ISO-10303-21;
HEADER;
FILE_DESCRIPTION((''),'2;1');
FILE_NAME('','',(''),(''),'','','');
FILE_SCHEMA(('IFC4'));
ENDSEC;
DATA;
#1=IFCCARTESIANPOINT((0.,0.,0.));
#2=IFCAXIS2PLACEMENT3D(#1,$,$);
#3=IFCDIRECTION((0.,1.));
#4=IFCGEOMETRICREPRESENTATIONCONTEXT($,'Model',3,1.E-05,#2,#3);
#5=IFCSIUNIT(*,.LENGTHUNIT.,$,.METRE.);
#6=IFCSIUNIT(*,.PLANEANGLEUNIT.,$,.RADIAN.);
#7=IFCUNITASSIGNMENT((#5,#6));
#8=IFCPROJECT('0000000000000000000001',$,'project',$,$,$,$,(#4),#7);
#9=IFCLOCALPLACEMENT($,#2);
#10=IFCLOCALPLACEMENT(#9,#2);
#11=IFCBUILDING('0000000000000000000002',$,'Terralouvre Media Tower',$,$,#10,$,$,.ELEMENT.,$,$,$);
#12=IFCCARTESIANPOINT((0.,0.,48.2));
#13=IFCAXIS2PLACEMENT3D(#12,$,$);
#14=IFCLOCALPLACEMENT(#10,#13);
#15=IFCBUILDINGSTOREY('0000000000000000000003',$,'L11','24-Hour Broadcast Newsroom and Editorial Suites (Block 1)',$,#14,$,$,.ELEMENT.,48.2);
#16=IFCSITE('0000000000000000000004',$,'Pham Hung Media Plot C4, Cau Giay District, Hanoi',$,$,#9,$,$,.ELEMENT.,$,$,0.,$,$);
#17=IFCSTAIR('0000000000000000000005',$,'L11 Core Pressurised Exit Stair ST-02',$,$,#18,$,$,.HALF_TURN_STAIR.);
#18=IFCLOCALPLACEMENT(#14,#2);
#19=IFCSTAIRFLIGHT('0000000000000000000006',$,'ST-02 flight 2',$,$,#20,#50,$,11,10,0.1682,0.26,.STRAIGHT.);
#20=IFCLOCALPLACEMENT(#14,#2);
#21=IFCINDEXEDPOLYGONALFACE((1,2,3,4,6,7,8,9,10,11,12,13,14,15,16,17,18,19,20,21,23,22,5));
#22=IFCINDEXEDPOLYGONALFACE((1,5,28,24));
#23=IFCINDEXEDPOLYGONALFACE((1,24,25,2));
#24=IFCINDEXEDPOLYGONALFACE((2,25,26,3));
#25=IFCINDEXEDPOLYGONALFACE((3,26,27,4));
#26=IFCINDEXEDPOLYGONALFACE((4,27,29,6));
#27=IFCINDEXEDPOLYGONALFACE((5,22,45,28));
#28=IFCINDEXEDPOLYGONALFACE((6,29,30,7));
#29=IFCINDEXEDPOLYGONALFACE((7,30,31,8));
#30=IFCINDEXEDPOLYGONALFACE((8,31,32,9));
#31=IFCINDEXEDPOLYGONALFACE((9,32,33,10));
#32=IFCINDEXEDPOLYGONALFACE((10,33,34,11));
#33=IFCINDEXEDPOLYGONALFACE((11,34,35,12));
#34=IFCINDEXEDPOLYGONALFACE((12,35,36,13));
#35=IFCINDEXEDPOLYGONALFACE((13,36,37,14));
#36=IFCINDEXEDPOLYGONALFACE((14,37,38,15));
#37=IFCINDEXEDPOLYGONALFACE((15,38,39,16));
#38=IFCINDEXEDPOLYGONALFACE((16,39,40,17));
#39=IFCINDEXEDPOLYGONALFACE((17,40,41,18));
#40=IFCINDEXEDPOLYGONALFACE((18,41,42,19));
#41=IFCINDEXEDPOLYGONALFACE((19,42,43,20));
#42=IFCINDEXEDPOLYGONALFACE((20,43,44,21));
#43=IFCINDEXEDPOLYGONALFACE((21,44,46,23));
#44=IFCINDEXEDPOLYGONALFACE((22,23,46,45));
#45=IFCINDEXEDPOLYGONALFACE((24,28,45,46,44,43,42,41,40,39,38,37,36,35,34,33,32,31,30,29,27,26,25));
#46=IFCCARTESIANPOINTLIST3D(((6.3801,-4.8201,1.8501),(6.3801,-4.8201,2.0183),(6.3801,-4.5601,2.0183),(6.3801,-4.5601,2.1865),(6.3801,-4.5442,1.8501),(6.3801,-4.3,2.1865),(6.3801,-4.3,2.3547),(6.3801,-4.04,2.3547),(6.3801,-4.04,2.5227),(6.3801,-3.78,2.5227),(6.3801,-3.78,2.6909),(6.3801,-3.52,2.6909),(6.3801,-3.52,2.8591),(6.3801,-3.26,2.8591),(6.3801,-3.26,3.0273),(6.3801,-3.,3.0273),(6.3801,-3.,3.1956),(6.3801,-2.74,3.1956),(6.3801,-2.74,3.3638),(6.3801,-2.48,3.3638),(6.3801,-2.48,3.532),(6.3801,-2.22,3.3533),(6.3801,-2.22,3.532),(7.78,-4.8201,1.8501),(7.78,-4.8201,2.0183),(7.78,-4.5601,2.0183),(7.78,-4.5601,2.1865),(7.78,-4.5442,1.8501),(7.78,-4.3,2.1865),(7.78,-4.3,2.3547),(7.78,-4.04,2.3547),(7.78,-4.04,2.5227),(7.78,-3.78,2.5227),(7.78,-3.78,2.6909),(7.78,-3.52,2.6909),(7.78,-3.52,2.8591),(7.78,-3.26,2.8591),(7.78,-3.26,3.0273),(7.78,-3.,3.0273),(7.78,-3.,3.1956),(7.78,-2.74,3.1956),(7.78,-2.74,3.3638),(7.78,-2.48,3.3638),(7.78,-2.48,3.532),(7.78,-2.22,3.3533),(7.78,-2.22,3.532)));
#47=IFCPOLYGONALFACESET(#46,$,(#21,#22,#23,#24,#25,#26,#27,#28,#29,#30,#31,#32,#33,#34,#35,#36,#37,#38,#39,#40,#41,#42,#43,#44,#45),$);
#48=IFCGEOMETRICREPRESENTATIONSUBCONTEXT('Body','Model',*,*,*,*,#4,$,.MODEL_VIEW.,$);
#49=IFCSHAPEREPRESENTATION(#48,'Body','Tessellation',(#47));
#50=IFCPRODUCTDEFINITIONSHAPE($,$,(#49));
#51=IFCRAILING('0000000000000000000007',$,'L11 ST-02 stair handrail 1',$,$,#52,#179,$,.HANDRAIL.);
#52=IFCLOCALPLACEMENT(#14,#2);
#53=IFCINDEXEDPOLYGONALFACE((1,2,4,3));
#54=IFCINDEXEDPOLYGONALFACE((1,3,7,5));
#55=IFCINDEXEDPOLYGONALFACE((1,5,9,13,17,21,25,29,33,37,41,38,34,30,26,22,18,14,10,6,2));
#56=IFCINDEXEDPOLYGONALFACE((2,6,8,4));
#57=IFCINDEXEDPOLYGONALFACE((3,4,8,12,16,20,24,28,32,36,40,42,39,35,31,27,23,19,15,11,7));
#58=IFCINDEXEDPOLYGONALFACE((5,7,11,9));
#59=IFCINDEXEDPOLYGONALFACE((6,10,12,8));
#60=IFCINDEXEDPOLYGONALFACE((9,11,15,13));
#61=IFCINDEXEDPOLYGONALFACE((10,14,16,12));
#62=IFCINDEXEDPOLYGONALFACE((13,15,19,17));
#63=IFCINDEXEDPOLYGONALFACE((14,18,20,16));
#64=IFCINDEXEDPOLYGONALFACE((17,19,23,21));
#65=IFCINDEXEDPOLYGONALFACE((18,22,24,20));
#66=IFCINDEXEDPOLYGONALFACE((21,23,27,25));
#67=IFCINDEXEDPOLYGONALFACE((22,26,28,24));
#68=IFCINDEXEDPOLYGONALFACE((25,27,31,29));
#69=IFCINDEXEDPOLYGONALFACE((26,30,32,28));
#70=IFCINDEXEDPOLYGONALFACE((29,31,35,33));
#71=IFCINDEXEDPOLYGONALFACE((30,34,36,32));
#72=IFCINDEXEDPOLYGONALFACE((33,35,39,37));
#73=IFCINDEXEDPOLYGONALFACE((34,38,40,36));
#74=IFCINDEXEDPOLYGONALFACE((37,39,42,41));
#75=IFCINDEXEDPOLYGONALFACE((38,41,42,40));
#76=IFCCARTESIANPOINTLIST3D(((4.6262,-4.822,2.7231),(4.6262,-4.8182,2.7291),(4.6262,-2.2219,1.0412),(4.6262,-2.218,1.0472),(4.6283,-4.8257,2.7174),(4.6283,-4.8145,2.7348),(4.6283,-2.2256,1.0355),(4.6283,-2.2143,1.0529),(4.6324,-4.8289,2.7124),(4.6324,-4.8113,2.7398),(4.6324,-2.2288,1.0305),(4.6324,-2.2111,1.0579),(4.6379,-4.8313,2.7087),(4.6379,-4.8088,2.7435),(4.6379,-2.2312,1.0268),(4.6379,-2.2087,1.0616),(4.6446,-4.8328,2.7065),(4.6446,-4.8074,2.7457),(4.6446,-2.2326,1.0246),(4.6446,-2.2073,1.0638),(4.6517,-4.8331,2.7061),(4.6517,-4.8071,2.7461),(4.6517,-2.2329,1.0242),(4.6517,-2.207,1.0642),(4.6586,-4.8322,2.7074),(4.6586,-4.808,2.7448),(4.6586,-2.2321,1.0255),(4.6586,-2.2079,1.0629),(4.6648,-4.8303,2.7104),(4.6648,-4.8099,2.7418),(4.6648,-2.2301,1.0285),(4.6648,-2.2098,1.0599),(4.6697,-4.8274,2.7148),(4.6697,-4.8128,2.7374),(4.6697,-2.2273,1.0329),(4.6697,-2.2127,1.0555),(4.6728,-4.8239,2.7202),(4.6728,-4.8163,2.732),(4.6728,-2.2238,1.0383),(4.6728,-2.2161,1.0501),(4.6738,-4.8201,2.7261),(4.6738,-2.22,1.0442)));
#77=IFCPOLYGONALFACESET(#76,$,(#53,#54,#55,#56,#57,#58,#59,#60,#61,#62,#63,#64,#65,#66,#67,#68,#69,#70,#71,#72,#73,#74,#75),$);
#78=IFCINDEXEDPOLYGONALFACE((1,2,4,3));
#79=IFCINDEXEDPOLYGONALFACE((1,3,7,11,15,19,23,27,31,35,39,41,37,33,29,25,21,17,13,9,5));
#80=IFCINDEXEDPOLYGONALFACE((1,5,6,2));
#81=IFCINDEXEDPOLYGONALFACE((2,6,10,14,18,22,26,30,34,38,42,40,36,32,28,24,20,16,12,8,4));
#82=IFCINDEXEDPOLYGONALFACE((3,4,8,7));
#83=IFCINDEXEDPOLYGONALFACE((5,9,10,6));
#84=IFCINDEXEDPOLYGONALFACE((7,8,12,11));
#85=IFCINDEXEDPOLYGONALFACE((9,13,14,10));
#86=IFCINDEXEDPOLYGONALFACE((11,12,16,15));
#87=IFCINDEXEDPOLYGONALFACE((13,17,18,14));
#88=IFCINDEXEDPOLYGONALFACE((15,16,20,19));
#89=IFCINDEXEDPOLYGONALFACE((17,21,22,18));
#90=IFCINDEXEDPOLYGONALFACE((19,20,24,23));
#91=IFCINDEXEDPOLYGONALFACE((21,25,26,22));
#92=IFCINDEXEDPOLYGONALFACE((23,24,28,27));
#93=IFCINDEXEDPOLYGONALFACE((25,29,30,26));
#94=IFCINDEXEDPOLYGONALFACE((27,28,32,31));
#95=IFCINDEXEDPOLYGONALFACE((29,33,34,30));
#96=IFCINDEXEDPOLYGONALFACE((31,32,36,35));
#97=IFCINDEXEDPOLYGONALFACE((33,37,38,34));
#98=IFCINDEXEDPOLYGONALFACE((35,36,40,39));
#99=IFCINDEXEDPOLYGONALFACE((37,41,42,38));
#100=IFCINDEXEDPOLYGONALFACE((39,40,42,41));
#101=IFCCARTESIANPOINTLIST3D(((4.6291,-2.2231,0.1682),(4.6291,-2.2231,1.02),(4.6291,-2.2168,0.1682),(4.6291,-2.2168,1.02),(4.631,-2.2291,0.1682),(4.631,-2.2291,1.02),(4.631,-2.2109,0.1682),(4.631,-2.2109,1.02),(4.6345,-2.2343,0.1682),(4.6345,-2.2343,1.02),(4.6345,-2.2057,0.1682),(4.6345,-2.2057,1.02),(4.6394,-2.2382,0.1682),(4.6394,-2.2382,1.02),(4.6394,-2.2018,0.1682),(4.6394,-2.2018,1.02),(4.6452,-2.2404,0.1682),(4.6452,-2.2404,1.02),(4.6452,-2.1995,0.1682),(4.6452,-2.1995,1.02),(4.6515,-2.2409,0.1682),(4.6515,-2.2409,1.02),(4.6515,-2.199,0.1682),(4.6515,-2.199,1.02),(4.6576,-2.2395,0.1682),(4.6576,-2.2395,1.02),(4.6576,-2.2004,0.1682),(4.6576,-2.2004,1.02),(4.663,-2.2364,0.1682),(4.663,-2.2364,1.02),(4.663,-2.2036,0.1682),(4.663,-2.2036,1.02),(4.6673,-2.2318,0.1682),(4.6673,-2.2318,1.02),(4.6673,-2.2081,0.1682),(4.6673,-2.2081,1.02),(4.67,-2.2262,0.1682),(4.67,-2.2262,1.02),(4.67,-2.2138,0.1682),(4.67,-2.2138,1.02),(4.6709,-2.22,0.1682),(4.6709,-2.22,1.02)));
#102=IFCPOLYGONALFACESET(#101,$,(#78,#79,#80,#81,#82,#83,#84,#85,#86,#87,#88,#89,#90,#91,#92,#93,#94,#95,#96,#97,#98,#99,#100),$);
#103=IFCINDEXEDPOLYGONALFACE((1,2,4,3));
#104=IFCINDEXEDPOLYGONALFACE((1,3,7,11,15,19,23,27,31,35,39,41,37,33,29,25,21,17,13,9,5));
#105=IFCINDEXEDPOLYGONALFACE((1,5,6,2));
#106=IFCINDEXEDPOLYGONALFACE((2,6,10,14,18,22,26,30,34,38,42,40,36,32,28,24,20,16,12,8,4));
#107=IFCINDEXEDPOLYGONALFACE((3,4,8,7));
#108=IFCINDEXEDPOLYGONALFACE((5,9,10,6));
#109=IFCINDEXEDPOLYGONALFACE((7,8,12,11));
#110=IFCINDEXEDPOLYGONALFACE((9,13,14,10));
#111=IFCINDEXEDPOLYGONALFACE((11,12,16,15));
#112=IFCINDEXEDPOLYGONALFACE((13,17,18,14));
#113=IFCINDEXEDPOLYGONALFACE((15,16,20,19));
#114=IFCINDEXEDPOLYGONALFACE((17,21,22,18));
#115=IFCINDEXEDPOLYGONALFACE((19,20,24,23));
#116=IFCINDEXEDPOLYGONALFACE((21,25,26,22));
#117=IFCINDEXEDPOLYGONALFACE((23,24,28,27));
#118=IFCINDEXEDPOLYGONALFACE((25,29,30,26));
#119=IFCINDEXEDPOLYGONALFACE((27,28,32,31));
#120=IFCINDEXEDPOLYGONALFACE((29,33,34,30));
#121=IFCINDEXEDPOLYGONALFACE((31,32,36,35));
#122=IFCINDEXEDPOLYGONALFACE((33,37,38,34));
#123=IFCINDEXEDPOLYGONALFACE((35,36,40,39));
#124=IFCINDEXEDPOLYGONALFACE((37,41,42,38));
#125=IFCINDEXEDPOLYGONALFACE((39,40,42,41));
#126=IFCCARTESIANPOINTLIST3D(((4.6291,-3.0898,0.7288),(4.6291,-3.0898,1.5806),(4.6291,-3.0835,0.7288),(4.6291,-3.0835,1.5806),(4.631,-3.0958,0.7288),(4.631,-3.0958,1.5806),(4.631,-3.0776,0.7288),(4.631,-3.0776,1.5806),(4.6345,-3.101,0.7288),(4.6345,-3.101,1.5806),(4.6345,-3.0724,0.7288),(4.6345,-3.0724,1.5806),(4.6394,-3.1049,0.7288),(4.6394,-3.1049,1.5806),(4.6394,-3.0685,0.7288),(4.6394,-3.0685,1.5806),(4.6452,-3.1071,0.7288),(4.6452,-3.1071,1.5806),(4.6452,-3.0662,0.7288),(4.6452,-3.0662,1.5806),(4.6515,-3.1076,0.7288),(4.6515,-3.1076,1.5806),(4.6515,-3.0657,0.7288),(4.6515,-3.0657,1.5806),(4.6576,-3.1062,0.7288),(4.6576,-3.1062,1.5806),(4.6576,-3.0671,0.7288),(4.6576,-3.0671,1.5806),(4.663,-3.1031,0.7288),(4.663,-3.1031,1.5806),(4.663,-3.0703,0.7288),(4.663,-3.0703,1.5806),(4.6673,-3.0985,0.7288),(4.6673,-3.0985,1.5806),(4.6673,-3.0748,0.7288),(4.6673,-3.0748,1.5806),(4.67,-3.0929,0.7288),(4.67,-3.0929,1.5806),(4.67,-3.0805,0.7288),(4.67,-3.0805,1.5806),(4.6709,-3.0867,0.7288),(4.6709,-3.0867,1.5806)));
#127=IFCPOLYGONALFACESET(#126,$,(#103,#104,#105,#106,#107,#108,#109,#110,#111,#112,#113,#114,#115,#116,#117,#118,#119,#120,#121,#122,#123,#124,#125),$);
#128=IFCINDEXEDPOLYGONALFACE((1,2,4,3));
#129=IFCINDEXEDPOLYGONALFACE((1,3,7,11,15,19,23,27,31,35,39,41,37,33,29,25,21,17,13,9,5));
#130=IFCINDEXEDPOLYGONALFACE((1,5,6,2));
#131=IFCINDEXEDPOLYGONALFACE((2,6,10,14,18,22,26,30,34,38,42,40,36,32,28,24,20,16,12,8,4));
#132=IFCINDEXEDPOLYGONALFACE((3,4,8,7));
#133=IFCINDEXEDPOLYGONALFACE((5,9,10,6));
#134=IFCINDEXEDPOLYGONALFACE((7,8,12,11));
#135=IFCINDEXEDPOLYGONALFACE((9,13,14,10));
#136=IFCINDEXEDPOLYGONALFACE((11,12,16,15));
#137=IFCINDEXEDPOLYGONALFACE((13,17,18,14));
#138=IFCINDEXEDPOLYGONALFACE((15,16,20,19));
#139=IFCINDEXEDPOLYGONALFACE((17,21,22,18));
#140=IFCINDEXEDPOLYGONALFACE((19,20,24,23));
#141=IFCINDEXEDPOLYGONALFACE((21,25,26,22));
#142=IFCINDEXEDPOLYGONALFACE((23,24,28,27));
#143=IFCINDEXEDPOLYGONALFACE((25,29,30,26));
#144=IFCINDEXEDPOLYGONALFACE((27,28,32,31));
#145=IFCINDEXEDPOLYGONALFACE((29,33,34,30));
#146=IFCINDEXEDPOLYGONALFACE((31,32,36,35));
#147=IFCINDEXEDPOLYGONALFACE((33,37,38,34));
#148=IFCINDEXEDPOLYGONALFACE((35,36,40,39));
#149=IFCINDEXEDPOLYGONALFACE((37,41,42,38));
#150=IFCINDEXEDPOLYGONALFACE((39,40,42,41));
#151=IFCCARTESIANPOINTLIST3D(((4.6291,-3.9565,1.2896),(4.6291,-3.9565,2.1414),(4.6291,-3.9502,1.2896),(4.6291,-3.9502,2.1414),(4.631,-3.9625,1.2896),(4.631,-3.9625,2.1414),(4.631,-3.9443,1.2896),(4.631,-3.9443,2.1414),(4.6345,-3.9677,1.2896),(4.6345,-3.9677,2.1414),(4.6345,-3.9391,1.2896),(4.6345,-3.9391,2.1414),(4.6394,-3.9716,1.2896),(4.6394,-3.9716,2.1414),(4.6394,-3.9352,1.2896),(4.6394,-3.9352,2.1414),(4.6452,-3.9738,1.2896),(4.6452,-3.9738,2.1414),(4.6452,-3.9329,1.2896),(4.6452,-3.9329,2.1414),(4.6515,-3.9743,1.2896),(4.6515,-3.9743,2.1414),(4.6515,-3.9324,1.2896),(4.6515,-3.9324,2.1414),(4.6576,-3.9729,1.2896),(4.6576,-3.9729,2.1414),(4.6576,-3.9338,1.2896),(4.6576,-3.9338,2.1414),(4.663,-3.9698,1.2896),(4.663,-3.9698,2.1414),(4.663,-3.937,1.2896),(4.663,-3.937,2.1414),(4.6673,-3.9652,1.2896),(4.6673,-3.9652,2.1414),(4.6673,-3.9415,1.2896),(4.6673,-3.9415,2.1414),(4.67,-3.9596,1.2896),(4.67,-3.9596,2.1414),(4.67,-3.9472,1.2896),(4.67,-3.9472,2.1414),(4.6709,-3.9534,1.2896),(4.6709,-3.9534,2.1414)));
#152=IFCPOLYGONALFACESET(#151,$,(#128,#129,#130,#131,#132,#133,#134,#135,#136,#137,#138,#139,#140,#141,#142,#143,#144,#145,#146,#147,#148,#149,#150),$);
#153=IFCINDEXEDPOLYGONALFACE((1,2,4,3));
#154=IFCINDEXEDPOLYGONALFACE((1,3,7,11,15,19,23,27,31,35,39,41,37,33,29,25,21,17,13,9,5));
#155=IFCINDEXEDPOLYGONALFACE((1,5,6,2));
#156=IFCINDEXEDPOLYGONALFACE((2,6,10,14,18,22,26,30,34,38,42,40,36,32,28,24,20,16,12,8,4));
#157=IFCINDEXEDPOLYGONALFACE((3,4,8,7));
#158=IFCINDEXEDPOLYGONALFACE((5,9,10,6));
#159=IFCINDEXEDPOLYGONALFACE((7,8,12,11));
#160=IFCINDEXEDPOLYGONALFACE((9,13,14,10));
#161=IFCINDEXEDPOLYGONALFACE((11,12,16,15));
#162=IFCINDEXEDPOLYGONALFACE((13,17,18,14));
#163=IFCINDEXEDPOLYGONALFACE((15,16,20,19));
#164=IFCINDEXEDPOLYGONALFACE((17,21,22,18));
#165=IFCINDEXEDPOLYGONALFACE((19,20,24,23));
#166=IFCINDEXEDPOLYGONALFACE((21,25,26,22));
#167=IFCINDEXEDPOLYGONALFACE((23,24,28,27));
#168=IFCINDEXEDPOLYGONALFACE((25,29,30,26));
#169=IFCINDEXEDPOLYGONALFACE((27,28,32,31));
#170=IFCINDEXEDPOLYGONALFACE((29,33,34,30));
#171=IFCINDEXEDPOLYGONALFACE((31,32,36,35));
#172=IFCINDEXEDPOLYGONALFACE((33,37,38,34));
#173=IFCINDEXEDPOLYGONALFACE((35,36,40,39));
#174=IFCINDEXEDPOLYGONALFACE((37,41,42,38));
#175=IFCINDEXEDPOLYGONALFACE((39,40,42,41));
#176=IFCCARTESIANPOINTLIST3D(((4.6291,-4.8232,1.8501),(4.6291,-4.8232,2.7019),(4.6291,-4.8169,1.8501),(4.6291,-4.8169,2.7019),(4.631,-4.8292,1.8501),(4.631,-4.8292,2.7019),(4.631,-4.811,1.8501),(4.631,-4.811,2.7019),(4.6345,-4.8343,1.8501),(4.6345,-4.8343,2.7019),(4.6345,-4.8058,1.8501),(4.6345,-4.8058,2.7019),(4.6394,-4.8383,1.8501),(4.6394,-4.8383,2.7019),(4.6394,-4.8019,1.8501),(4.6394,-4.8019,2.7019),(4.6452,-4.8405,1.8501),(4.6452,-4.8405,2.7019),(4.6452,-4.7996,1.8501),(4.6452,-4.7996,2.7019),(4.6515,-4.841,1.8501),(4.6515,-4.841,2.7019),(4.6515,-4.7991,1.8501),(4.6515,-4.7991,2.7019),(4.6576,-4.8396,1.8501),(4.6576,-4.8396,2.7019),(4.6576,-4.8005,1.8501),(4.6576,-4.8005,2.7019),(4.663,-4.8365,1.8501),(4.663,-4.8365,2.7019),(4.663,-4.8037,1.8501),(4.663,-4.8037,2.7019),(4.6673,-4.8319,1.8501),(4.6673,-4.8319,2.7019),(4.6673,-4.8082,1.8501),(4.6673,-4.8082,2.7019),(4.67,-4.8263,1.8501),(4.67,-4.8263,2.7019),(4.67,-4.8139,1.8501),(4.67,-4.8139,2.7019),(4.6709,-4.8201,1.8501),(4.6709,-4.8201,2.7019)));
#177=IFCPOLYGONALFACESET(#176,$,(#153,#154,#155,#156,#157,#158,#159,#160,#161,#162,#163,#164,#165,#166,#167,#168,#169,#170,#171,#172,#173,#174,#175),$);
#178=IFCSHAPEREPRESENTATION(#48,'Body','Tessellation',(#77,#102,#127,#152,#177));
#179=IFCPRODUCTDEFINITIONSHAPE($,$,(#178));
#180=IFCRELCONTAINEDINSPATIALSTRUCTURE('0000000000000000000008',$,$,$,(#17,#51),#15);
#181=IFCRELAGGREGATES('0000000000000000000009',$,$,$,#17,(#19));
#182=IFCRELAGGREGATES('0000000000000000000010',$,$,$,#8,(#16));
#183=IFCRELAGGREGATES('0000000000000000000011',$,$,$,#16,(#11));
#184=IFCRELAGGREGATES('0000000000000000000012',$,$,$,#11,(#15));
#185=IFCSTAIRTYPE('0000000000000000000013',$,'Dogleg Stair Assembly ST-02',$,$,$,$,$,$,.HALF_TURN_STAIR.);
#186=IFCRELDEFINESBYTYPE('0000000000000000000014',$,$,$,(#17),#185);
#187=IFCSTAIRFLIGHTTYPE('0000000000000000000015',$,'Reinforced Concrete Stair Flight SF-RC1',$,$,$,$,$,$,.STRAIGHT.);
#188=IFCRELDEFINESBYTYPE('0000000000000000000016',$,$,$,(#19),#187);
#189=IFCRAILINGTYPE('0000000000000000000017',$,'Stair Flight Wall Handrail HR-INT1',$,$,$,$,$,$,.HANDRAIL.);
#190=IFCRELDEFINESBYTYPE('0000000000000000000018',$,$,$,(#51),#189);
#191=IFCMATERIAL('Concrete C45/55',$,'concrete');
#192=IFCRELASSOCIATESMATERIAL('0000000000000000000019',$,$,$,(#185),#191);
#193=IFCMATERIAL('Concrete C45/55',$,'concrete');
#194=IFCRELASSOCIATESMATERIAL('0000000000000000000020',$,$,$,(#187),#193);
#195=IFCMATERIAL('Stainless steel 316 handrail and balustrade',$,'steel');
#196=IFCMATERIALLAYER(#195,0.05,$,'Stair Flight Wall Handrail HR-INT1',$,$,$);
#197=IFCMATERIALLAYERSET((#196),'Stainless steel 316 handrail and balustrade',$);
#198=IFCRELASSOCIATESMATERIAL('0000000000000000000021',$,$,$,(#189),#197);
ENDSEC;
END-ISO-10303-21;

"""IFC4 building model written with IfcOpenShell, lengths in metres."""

from ifc_helpers import new_model, si_unit, direction, frame, origin, origin_2d, place, context, subcontext, project, spatial, polyline, circle, outline, extrude, material, layer, layer_set, type_object, element, aggregate, save


model = new_model("IFC4")

# Units and contexts
model_context = context("Model", 3, precision=1e-05, world=origin(), true_north=direction((0.0, 1.0)))
body_context = subcontext(model_context, "Body", "Model", "MODEL_VIEW")
ifc_project = project(units=[si_unit("LENGTHUNIT", "METRE"), si_unit("PLANEANGLEUNIT", "RADIAN")], contexts=[model_context])

# Site, building, storey
site_placement = place(None, origin())
site = spatial("IfcSite", under=ifc_project, at=site_placement, Name="Pham Hung Media Plot C4, Cau Giay District, Hanoi", CompositionType="ELEMENT", RefElevation=0.0)
building_placement = place(site_placement, origin())
building = spatial("IfcBuilding", under=site, at=building_placement, Name="Terralouvre Media Tower", CompositionType="ELEMENT")
storey_placement = place(building_placement, frame((0.0, 0.0, 48.2)))
storey = spatial("IfcBuildingStorey", under=building, at=storey_placement, Name="L11", Description="24-Hour Broadcast Newsroom and Editorial Suites (Block 1)", CompositionType="ELEMENT", Elevation=48.2)

# Stair, stair flight
ifc_material_1 = material(Name="Concrete C45/55", Category="concrete")
stair_type = type_object("IfcStairType", Name="Dogleg Stair Assembly ST-02", PredefinedType="HALF_TURN_STAIR", material=ifc_material_1)
stair_placement = place(storey_placement, origin())
stair = element("IfcStair", 1, at=stair_placement, inside=storey, type_object=stair_type, Name="L11 Core Pressurised Exit Stair ST-02", PredefinedType="HALF_TURN_STAIR")
ifc_material_2 = material(Name="Concrete C45/55", Category="concrete")
stair_flight_type = type_object("IfcStairFlightType", Name="Reinforced Concrete Stair Flight SF-RC1", PredefinedType="STRAIGHT", material=ifc_material_2)
stair_flight_1_placement = place(storey_placement, frame((7.0801, -4.8201, 1.8501), z_axis=(0.0, 0.0, 1.0), x_axis=(0.0, 1.0, 0.0)))
stair_flight_1 = element("IfcStairFlight", 2, at=stair_flight_1_placement, type_object=stair_flight_type, Name="ST-02 flight 2", NumberOfRisers=11, NumberOfTreads=10, PredefinedType="STRAIGHT", RiserHeight=0.1682, TreadLength=0.26, context=body_context, shape_type="SweptSolid", body=[
    extrude(outline(polyline([(0.0, 0.0), (0.0, 0.1682), (0.26, 0.1682), (0.26, 0.3364), (0.52, 0.3364), (0.52, 0.5046), (0.78, 0.5046), (0.78, 0.6726), (1.04, 0.6726), (1.04, 0.8408), (1.3, 0.8408), (1.3, 1.009), (1.5601, 1.009), (1.5601, 1.1772), (1.8201, 1.1772), (1.8201, 1.3455), (2.0801, 1.3455), (2.0801, 1.5137), (2.3401, 1.5137), (2.3401, 1.6819), (2.6001, 1.6819), (2.6001, 1.8501), (2.6001, 1.5032), (0.2759, 0.0), (0.0, 0.0)])), frame((0.0, 0.7, 0.0), z_axis=(0.0, -1.0, 0.0), x_axis=(1.0, 0.0, 0.0)), (0.0, 0.0, 1.0), 1.3999),
])
aggregate(stair, [stair_flight_1])

# Railing
ifc_material_3 = material(Name="Stainless steel 316 handrail and balustrade", Category="steel")
ifc_layer_1 = layer(ifc_material_3, 0.05, Name="Stair Flight Wall Handrail HR-INT1")
ifc_layer_set_1 = layer_set([ifc_layer_1], Name="Stainless steel 316 handrail and balustrade")
railing_type_1 = type_object("IfcRailingType", Name="Stair Flight Wall Handrail HR-INT1", PredefinedType="HANDRAIL", material=ifc_layer_set_1)
railing_1_placement = place(storey_placement, frame((4.6499, -2.22, 0.1682)))
element("IfcRailing", 3, at=railing_1_placement, inside=storey, type_object=railing_type_1, Name="L11 ST-02 stair handrail 1", PredefinedType="HANDRAIL", context=body_context, shape_type="SweptSolid", body=[
    extrude(circle(Radius=0.0239, at=origin_2d()), frame((0.0, 0.0, 0.876), z_axis=(0.0, -0.839648, 0.54313), x_axis=(1.0, 0.0, 0.0)), (0.0, 0.0, 1.0), 3.0967),
    extrude(circle(Radius=0.021, at=origin_2d()), origin(), (0.0, 0.0, 1.0), 0.8518),
    extrude(circle(Radius=0.021, at=origin_2d()), frame((0.0, -0.8667, 0.5605)), (0.0, 0.0, 1.0), 0.8518),
    extrude(circle(Radius=0.021, at=origin_2d()), frame((0.0, -1.7334, 1.1213)), (0.0, 0.0, 1.0), 0.8518),
    extrude(circle(Radius=0.021, at=origin_2d()), frame((0.0, -2.6001, 1.6819)), (0.0, 0.0, 1.0), 0.8518),
])

save(model, "model.ifc")
